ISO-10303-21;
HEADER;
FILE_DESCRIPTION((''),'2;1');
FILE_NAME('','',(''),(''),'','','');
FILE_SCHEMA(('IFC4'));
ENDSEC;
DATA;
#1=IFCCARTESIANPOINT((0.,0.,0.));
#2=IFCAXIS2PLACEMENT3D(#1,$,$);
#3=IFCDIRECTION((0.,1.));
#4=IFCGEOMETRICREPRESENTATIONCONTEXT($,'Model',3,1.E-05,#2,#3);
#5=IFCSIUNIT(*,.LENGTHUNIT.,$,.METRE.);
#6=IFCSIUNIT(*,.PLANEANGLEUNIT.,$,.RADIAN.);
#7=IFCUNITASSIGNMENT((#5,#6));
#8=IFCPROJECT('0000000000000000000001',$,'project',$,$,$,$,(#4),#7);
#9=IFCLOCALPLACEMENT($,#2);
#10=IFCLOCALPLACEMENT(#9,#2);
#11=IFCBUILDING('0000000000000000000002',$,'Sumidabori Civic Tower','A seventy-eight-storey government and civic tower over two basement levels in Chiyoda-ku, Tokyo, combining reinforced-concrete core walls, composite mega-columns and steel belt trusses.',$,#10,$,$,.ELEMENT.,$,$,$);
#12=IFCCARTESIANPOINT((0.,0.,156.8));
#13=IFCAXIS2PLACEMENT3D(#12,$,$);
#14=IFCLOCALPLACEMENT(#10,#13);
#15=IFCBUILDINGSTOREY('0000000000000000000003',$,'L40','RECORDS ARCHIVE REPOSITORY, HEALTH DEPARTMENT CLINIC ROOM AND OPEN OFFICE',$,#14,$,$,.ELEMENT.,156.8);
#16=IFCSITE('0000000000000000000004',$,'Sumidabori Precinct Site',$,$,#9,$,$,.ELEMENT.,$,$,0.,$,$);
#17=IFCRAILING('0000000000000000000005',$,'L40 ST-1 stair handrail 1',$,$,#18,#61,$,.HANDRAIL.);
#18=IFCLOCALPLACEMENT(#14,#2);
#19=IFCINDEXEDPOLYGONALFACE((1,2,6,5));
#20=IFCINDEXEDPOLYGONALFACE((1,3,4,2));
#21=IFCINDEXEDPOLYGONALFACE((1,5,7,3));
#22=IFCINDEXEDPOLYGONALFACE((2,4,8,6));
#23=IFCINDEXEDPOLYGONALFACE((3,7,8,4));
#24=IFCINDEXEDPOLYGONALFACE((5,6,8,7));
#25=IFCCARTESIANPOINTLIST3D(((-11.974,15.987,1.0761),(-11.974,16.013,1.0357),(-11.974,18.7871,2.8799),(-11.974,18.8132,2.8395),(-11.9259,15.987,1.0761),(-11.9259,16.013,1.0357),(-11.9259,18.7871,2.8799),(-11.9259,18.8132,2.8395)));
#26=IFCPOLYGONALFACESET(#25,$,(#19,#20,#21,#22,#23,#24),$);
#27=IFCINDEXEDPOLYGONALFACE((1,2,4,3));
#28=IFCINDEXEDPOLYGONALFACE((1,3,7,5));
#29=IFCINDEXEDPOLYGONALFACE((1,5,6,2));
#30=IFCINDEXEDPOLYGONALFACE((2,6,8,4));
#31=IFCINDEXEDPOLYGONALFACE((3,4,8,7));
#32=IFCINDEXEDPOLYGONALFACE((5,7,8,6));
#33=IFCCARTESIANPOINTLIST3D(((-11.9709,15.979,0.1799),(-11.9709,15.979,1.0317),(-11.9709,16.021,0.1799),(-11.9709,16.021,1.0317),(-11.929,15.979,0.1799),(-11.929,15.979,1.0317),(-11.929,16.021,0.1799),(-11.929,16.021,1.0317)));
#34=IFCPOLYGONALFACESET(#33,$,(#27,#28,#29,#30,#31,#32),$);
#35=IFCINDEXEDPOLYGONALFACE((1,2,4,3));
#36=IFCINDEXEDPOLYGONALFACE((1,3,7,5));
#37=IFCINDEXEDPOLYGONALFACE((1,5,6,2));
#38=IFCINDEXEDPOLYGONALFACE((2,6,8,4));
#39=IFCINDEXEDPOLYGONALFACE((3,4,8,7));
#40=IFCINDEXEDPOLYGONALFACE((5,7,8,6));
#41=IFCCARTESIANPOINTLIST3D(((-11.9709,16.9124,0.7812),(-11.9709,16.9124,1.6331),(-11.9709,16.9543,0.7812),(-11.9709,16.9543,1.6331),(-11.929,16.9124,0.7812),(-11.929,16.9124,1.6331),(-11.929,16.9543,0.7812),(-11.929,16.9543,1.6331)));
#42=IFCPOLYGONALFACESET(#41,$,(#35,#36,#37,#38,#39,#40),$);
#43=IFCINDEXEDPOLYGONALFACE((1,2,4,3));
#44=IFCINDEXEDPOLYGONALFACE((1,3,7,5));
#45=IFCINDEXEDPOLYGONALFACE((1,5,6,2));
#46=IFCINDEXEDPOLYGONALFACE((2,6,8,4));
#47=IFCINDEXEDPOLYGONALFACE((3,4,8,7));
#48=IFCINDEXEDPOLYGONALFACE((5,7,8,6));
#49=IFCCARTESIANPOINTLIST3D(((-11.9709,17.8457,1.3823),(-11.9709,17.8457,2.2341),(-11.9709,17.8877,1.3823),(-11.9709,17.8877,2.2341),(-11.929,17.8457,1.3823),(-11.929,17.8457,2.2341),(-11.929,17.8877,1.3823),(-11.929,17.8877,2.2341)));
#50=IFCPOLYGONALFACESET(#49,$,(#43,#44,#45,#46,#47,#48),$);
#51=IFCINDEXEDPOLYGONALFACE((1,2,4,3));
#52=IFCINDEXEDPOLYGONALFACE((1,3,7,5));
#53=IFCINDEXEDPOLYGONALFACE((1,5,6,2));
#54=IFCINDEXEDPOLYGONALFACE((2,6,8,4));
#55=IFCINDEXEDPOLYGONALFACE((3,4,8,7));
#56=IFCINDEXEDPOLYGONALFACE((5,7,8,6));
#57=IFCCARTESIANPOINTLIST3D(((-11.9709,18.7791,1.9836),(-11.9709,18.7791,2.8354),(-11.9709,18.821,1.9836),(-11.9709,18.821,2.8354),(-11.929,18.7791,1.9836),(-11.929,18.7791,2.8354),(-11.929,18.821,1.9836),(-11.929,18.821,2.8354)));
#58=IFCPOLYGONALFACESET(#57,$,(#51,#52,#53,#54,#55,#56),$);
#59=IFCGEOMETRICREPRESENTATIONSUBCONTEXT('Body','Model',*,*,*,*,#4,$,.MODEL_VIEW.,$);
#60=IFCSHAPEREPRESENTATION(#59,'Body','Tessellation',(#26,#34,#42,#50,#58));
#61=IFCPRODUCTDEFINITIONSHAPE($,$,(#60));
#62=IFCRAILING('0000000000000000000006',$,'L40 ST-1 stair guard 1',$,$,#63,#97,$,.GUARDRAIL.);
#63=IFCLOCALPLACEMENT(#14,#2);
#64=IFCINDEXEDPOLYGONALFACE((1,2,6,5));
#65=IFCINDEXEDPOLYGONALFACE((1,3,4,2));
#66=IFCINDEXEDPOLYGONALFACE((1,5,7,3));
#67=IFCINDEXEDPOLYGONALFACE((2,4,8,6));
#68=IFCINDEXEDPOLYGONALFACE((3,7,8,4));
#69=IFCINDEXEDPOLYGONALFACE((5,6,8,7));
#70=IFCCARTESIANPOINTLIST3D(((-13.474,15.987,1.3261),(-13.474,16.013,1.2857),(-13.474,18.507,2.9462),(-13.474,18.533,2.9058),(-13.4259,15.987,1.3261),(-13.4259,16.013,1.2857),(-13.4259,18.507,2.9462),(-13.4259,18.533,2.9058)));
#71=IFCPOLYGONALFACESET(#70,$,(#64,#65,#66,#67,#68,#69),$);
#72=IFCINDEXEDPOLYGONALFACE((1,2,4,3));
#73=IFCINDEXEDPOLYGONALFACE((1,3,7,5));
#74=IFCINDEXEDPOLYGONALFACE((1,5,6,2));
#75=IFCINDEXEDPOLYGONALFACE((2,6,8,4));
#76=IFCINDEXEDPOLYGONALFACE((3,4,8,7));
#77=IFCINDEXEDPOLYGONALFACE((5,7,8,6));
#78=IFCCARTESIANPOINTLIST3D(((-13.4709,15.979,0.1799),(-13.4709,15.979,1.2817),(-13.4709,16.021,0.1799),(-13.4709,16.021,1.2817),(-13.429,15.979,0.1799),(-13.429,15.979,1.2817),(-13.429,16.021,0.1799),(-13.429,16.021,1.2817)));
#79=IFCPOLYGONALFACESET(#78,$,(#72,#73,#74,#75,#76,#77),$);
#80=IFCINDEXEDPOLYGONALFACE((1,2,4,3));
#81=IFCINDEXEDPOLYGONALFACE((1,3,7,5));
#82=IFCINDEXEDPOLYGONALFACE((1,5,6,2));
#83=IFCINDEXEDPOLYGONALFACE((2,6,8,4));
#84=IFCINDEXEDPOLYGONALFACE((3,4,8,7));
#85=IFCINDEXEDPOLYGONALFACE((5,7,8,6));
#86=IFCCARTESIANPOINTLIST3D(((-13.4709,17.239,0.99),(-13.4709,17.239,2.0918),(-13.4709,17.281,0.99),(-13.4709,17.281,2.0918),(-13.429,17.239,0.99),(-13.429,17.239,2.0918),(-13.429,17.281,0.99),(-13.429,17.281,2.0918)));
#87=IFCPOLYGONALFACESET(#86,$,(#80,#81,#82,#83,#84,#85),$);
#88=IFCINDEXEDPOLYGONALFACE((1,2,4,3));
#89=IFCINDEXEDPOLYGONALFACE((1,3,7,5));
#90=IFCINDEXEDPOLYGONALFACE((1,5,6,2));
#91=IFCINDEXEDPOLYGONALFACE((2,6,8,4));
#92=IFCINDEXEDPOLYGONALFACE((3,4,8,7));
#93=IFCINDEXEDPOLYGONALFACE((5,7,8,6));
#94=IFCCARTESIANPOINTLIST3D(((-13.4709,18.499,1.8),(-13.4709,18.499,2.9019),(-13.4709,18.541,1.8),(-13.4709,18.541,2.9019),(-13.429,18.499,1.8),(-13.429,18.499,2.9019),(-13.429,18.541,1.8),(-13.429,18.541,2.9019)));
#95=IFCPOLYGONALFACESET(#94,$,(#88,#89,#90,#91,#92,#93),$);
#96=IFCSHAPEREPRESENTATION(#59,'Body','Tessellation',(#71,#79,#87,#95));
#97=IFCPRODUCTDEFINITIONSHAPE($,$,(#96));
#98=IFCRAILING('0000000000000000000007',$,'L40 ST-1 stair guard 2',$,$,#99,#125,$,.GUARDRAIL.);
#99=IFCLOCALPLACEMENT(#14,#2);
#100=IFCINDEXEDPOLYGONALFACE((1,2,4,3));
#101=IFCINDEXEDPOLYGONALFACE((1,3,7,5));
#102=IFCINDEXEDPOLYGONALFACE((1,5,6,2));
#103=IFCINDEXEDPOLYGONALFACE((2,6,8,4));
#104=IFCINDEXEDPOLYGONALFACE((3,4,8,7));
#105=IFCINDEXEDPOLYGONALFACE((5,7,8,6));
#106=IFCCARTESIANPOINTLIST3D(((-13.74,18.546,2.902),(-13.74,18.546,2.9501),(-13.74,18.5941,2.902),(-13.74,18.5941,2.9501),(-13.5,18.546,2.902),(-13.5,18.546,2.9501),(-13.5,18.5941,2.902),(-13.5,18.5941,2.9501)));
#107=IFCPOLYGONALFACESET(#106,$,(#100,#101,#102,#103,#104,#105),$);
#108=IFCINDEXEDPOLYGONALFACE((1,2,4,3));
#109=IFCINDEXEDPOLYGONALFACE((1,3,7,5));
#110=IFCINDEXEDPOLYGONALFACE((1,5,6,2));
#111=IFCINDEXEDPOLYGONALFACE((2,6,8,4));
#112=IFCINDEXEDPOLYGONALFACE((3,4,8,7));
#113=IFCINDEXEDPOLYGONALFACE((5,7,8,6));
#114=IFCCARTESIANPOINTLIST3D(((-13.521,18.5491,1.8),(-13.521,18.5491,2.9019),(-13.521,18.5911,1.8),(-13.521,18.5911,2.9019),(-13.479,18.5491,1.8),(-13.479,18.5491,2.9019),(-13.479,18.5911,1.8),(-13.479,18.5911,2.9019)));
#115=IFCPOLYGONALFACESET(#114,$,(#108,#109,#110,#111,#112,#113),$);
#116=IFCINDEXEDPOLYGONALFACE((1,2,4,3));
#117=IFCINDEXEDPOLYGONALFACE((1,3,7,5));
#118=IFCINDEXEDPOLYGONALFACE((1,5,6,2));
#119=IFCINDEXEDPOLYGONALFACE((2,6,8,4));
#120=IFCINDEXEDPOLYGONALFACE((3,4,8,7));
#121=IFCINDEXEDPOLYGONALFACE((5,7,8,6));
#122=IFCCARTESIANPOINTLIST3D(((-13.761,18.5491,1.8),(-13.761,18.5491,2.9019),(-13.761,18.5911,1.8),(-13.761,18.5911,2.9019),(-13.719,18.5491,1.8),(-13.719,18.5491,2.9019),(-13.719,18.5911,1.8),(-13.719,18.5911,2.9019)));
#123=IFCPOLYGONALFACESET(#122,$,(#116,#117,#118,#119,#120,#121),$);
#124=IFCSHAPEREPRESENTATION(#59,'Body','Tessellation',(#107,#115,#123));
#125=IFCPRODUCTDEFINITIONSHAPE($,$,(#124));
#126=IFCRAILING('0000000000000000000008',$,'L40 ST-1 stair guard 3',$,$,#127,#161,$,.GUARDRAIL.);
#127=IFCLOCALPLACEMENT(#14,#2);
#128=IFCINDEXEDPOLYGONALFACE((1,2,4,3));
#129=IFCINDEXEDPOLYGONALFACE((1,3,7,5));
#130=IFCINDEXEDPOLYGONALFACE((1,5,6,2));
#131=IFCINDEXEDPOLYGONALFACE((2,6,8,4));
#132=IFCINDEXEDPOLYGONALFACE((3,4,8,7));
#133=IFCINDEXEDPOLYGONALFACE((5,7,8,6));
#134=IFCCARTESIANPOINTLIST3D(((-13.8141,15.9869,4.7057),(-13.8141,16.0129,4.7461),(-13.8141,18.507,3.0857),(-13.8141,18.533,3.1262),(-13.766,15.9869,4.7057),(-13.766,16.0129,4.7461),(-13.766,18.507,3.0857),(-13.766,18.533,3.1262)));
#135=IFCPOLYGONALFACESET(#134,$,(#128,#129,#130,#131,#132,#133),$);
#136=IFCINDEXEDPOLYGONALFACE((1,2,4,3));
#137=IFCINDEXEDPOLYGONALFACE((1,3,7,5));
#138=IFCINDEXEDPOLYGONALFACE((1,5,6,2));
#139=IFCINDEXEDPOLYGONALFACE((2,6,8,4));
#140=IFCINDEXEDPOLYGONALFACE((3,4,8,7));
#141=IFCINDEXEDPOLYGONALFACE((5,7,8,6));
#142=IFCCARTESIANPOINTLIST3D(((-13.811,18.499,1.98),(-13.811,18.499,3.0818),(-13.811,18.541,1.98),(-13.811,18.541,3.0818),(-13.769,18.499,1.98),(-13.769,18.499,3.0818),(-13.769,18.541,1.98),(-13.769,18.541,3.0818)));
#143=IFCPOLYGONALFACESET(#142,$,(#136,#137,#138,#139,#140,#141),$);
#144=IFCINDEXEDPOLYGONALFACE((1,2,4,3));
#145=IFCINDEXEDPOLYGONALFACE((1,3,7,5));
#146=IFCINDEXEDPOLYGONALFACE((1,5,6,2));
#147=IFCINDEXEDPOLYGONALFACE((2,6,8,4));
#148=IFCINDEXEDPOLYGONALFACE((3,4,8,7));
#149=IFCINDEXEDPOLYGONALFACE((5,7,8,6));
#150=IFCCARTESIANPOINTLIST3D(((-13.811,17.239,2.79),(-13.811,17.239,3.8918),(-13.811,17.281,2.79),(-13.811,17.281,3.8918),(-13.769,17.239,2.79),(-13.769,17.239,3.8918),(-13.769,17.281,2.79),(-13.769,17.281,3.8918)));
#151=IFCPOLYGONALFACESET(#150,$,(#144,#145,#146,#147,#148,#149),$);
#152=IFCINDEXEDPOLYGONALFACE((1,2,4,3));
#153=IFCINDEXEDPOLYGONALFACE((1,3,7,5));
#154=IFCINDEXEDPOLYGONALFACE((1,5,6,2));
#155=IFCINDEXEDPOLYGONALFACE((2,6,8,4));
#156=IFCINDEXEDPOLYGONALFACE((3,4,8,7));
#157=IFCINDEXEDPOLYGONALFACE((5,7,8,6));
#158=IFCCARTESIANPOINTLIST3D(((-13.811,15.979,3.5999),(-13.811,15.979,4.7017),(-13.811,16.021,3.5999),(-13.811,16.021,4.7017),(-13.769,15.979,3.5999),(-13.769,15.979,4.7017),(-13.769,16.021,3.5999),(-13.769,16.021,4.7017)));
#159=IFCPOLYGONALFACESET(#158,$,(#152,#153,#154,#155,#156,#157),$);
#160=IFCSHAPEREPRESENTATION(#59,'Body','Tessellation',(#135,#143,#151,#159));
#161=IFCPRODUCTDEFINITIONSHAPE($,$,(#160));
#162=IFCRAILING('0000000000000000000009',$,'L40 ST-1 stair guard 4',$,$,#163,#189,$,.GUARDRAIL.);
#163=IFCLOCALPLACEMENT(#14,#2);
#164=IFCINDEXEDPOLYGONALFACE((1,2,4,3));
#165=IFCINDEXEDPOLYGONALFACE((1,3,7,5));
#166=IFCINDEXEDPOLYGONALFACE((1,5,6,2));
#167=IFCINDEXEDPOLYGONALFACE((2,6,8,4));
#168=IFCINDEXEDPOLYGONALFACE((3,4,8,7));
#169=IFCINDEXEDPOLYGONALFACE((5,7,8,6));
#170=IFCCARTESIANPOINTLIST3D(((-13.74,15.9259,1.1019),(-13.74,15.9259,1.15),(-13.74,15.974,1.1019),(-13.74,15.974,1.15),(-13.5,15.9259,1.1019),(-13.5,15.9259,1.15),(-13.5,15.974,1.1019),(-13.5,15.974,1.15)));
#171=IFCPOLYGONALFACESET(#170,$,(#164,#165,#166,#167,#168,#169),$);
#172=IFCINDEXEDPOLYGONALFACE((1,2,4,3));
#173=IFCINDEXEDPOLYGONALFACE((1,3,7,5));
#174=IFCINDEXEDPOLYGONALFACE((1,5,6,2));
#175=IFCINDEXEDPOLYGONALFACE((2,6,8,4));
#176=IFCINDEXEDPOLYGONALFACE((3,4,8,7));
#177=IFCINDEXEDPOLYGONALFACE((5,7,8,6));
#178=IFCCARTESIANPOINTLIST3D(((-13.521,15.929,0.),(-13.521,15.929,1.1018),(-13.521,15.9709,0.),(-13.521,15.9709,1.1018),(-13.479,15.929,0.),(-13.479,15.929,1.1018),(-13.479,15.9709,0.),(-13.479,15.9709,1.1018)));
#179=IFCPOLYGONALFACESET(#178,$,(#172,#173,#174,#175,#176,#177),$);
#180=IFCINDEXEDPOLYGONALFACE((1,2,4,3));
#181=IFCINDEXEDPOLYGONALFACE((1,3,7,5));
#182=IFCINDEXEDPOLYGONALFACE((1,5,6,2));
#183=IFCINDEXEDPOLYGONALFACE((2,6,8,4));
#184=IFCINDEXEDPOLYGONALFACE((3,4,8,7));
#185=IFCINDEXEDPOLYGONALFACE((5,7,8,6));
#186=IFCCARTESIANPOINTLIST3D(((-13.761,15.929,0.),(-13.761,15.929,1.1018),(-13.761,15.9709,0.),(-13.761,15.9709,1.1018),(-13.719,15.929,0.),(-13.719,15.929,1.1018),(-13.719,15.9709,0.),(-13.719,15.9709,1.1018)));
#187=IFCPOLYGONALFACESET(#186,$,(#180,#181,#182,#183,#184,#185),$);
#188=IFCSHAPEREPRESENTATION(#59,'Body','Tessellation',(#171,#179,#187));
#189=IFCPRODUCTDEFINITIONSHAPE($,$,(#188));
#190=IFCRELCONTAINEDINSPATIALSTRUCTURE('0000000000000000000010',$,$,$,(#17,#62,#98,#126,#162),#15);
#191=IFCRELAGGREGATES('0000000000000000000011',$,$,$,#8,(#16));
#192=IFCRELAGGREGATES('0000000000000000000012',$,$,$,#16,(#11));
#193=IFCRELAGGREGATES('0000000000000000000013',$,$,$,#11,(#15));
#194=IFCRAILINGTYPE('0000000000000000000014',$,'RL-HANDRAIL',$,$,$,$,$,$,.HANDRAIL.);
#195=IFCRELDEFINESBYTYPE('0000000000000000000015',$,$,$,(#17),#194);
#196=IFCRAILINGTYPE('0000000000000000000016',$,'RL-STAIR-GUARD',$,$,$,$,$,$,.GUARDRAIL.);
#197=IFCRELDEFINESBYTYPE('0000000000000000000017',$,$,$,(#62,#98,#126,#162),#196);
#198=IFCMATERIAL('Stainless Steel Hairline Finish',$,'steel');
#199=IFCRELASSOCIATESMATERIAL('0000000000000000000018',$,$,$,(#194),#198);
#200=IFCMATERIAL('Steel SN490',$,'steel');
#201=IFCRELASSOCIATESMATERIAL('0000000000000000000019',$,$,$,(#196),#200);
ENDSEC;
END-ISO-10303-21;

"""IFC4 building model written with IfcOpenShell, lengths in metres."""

from ifc_helpers import new_model, si_unit, direction, frame, origin, origin_2d, place, context, subcontext, project, spatial, rectangle, extrude, material, type_object, element, save


model = new_model("IFC4")

# Units and contexts
model_context = context("Model", 3, precision=1e-05, world=origin(), true_north=direction((0.0, 1.0)))
body_context = subcontext(model_context, "Body", "Model", "MODEL_VIEW")
ifc_project = project(units=[si_unit("LENGTHUNIT", "METRE"), si_unit("PLANEANGLEUNIT", "RADIAN")], contexts=[model_context])

# Site, building, storey
site_placement = place(None, origin())
site = spatial("IfcSite", under=ifc_project, at=site_placement, Name="Sumidabori Precinct Site", CompositionType="ELEMENT", RefElevation=0.0)
building_placement = place(site_placement, origin())
building = spatial("IfcBuilding", under=site, at=building_placement, Name="Sumidabori Civic Tower", Description="A seventy-eight-storey government and civic tower over two basement levels in Chiyoda-ku, Tokyo, combining reinforced-concrete core walls, composite mega-columns and steel belt trusses.", CompositionType="ELEMENT")
storey_placement = place(building_placement, frame((0.0, 0.0, 156.8)))
storey = spatial("IfcBuildingStorey", under=building, at=storey_placement, Name="L40", Description="RECORDS ARCHIVE REPOSITORY, HEALTH DEPARTMENT CLINIC ROOM AND OPEN OFFICE", CompositionType="ELEMENT", Elevation=156.8)

# Shared definitions
ifc_material_1 = material(Name="Steel SN490", Category="steel")

# Shared definitions
ifc_material_2 = material(Name="Stainless Steel Hairline Finish", Category="steel")

# Railings
railing_type_1 = type_object("IfcRailingType", Name="RL-HANDRAIL", PredefinedType="HANDRAIL", material=ifc_material_2)
railing_1_placement = place(storey_placement, frame((-11.95, 16.0, 0.1799)))
element("IfcRailing", 1, at=railing_1_placement, inside=storey, type_object=railing_type_1, Name="L40 ST-1 stair handrail 1", PredefinedType="HANDRAIL", context=body_context, shape_type="SweptSolid", body=[
    extrude(rectangle(XDim=0.0481, YDim=0.0481, at=origin_2d()), frame((0.0, 0.0, 0.876), z_axis=(0.0, 0.840676, 0.541539), x_axis=(-1.0, 0.0, 0.0)), (0.0, 0.0, 1.0), 3.3308),
    extrude(rectangle(XDim=0.042, YDim=0.042, at=origin_2d()), origin(), (0.0, 0.0, 1.0), 0.8518),
    extrude(rectangle(XDim=0.042, YDim=0.042, at=origin_2d()), frame((0.0, 0.9333, 0.6013)), (0.0, 0.0, 1.0), 0.8518),
    extrude(rectangle(XDim=0.042, YDim=0.042, at=origin_2d()), frame((0.0, 1.8667, 1.2024)), (0.0, 0.0, 1.0), 0.8518),
    extrude(rectangle(XDim=0.042, YDim=0.042, at=origin_2d()), frame((0.0, 2.8, 1.8037)), (0.0, 0.0, 1.0), 0.8518),
])
railing_type_2 = type_object("IfcRailingType", Name="RL-STAIR-GUARD", PredefinedType="GUARDRAIL", material=ifc_material_1)
railing_2_placement = place(storey_placement, frame((-13.45, 16.0, 0.1799)))
element("IfcRailing", 2, at=railing_2_placement, inside=storey, type_object=railing_type_2, Name="L40 ST-1 stair guard 1", PredefinedType="GUARDRAIL", context=body_context, shape_type="SweptSolid", body=[
    extrude(rectangle(XDim=0.0481, YDim=0.0481, at=origin_2d()), frame((0.0, 0.0, 1.126), z_axis=(0.0, 0.841163, 0.540782), x_axis=(-1.0, 0.0, 0.0)), (0.0, 0.0, 1.0), 2.9958),
    extrude(rectangle(XDim=0.042, YDim=0.042, at=origin_2d()), origin(), (0.0, 0.0, 1.0), 1.1018),
    extrude(rectangle(XDim=0.042, YDim=0.042, at=origin_2d()), frame((0.0, 1.26, 0.8101)), (0.0, 0.0, 1.0), 1.1018),
    extrude(rectangle(XDim=0.042, YDim=0.042, at=origin_2d()), frame((0.0, 2.52, 1.6201)), (0.0, 0.0, 1.0), 1.1018),
])
railing_3_placement = place(storey_placement, frame((-13.5, 18.5701, 1.8)))
element("IfcRailing", 3, at=railing_3_placement, inside=storey, type_object=railing_type_2, Name="L40 ST-1 stair guard 2", PredefinedType="GUARDRAIL", context=body_context, shape_type="SweptSolid", body=[
    extrude(rectangle(XDim=0.0481, YDim=0.0481, at=origin_2d()), frame((0.0, 0.0, 1.126), z_axis=(-1.0, 0.0, 0.0), x_axis=(0.0, -1.0, 0.0)), (0.0, 0.0, 1.0), 0.24),
    extrude(rectangle(XDim=0.042, YDim=0.042, at=origin_2d()), origin(), (0.0, 0.0, 1.0), 1.1018),
    extrude(rectangle(XDim=0.042, YDim=0.042, at=origin_2d()), frame((-0.24, 0.0, 0.0)), (0.0, 0.0, 1.0), 1.1018),
])
railing_4_placement = place(storey_placement, frame((-13.79, 18.52, 1.98)))
element("IfcRailing", 4, at=railing_4_placement, inside=storey, type_object=railing_type_2, Name="L40 ST-1 stair guard 3", PredefinedType="GUARDRAIL", context=body_context, shape_type="SweptSolid", body=[
    extrude(rectangle(XDim=0.0481, YDim=0.0481, at=origin_2d()), frame((0.0, 0.0, 1.126), z_axis=(0.0, -0.8412, 0.540725), x_axis=(1.0, 0.0, 0.0)), (0.0, 0.0, 1.0), 2.9958),
    extrude(rectangle(XDim=0.042, YDim=0.042, at=origin_2d()), origin(), (0.0, 0.0, 1.0), 1.1018),
    extrude(rectangle(XDim=0.042, YDim=0.042, at=origin_2d()), frame((0.0, -1.26, 0.8101)), (0.0, 0.0, 1.0), 1.1018),
    extrude(rectangle(XDim=0.042, YDim=0.042, at=origin_2d()), frame((0.0, -2.52, 1.6199)), (0.0, 0.0, 1.0), 1.1018),
])
railing_5_placement = place(storey_placement, frame((-13.5, 15.95, 0.0)))
element("IfcRailing", 5, at=railing_5_placement, inside=storey, type_object=railing_type_2, Name="L40 ST-1 stair guard 4", PredefinedType="GUARDRAIL", context=body_context, shape_type="SweptSolid", body=[
    extrude(rectangle(XDim=0.0481, YDim=0.0481, at=origin_2d()), frame((0.0, 0.0, 1.126), z_axis=(-1.0, 0.0, 0.0), x_axis=(0.0, -1.0, 0.0)), (0.0, 0.0, 1.0), 0.24),
    extrude(rectangle(XDim=0.042, YDim=0.042, at=origin_2d()), origin(), (0.0, 0.0, 1.0), 1.1018),
    extrude(rectangle(XDim=0.042, YDim=0.042, at=origin_2d()), frame((-0.24, 0.0, 0.0)), (0.0, 0.0, 1.0), 1.1018),
])

save(model, "model.ifc")
